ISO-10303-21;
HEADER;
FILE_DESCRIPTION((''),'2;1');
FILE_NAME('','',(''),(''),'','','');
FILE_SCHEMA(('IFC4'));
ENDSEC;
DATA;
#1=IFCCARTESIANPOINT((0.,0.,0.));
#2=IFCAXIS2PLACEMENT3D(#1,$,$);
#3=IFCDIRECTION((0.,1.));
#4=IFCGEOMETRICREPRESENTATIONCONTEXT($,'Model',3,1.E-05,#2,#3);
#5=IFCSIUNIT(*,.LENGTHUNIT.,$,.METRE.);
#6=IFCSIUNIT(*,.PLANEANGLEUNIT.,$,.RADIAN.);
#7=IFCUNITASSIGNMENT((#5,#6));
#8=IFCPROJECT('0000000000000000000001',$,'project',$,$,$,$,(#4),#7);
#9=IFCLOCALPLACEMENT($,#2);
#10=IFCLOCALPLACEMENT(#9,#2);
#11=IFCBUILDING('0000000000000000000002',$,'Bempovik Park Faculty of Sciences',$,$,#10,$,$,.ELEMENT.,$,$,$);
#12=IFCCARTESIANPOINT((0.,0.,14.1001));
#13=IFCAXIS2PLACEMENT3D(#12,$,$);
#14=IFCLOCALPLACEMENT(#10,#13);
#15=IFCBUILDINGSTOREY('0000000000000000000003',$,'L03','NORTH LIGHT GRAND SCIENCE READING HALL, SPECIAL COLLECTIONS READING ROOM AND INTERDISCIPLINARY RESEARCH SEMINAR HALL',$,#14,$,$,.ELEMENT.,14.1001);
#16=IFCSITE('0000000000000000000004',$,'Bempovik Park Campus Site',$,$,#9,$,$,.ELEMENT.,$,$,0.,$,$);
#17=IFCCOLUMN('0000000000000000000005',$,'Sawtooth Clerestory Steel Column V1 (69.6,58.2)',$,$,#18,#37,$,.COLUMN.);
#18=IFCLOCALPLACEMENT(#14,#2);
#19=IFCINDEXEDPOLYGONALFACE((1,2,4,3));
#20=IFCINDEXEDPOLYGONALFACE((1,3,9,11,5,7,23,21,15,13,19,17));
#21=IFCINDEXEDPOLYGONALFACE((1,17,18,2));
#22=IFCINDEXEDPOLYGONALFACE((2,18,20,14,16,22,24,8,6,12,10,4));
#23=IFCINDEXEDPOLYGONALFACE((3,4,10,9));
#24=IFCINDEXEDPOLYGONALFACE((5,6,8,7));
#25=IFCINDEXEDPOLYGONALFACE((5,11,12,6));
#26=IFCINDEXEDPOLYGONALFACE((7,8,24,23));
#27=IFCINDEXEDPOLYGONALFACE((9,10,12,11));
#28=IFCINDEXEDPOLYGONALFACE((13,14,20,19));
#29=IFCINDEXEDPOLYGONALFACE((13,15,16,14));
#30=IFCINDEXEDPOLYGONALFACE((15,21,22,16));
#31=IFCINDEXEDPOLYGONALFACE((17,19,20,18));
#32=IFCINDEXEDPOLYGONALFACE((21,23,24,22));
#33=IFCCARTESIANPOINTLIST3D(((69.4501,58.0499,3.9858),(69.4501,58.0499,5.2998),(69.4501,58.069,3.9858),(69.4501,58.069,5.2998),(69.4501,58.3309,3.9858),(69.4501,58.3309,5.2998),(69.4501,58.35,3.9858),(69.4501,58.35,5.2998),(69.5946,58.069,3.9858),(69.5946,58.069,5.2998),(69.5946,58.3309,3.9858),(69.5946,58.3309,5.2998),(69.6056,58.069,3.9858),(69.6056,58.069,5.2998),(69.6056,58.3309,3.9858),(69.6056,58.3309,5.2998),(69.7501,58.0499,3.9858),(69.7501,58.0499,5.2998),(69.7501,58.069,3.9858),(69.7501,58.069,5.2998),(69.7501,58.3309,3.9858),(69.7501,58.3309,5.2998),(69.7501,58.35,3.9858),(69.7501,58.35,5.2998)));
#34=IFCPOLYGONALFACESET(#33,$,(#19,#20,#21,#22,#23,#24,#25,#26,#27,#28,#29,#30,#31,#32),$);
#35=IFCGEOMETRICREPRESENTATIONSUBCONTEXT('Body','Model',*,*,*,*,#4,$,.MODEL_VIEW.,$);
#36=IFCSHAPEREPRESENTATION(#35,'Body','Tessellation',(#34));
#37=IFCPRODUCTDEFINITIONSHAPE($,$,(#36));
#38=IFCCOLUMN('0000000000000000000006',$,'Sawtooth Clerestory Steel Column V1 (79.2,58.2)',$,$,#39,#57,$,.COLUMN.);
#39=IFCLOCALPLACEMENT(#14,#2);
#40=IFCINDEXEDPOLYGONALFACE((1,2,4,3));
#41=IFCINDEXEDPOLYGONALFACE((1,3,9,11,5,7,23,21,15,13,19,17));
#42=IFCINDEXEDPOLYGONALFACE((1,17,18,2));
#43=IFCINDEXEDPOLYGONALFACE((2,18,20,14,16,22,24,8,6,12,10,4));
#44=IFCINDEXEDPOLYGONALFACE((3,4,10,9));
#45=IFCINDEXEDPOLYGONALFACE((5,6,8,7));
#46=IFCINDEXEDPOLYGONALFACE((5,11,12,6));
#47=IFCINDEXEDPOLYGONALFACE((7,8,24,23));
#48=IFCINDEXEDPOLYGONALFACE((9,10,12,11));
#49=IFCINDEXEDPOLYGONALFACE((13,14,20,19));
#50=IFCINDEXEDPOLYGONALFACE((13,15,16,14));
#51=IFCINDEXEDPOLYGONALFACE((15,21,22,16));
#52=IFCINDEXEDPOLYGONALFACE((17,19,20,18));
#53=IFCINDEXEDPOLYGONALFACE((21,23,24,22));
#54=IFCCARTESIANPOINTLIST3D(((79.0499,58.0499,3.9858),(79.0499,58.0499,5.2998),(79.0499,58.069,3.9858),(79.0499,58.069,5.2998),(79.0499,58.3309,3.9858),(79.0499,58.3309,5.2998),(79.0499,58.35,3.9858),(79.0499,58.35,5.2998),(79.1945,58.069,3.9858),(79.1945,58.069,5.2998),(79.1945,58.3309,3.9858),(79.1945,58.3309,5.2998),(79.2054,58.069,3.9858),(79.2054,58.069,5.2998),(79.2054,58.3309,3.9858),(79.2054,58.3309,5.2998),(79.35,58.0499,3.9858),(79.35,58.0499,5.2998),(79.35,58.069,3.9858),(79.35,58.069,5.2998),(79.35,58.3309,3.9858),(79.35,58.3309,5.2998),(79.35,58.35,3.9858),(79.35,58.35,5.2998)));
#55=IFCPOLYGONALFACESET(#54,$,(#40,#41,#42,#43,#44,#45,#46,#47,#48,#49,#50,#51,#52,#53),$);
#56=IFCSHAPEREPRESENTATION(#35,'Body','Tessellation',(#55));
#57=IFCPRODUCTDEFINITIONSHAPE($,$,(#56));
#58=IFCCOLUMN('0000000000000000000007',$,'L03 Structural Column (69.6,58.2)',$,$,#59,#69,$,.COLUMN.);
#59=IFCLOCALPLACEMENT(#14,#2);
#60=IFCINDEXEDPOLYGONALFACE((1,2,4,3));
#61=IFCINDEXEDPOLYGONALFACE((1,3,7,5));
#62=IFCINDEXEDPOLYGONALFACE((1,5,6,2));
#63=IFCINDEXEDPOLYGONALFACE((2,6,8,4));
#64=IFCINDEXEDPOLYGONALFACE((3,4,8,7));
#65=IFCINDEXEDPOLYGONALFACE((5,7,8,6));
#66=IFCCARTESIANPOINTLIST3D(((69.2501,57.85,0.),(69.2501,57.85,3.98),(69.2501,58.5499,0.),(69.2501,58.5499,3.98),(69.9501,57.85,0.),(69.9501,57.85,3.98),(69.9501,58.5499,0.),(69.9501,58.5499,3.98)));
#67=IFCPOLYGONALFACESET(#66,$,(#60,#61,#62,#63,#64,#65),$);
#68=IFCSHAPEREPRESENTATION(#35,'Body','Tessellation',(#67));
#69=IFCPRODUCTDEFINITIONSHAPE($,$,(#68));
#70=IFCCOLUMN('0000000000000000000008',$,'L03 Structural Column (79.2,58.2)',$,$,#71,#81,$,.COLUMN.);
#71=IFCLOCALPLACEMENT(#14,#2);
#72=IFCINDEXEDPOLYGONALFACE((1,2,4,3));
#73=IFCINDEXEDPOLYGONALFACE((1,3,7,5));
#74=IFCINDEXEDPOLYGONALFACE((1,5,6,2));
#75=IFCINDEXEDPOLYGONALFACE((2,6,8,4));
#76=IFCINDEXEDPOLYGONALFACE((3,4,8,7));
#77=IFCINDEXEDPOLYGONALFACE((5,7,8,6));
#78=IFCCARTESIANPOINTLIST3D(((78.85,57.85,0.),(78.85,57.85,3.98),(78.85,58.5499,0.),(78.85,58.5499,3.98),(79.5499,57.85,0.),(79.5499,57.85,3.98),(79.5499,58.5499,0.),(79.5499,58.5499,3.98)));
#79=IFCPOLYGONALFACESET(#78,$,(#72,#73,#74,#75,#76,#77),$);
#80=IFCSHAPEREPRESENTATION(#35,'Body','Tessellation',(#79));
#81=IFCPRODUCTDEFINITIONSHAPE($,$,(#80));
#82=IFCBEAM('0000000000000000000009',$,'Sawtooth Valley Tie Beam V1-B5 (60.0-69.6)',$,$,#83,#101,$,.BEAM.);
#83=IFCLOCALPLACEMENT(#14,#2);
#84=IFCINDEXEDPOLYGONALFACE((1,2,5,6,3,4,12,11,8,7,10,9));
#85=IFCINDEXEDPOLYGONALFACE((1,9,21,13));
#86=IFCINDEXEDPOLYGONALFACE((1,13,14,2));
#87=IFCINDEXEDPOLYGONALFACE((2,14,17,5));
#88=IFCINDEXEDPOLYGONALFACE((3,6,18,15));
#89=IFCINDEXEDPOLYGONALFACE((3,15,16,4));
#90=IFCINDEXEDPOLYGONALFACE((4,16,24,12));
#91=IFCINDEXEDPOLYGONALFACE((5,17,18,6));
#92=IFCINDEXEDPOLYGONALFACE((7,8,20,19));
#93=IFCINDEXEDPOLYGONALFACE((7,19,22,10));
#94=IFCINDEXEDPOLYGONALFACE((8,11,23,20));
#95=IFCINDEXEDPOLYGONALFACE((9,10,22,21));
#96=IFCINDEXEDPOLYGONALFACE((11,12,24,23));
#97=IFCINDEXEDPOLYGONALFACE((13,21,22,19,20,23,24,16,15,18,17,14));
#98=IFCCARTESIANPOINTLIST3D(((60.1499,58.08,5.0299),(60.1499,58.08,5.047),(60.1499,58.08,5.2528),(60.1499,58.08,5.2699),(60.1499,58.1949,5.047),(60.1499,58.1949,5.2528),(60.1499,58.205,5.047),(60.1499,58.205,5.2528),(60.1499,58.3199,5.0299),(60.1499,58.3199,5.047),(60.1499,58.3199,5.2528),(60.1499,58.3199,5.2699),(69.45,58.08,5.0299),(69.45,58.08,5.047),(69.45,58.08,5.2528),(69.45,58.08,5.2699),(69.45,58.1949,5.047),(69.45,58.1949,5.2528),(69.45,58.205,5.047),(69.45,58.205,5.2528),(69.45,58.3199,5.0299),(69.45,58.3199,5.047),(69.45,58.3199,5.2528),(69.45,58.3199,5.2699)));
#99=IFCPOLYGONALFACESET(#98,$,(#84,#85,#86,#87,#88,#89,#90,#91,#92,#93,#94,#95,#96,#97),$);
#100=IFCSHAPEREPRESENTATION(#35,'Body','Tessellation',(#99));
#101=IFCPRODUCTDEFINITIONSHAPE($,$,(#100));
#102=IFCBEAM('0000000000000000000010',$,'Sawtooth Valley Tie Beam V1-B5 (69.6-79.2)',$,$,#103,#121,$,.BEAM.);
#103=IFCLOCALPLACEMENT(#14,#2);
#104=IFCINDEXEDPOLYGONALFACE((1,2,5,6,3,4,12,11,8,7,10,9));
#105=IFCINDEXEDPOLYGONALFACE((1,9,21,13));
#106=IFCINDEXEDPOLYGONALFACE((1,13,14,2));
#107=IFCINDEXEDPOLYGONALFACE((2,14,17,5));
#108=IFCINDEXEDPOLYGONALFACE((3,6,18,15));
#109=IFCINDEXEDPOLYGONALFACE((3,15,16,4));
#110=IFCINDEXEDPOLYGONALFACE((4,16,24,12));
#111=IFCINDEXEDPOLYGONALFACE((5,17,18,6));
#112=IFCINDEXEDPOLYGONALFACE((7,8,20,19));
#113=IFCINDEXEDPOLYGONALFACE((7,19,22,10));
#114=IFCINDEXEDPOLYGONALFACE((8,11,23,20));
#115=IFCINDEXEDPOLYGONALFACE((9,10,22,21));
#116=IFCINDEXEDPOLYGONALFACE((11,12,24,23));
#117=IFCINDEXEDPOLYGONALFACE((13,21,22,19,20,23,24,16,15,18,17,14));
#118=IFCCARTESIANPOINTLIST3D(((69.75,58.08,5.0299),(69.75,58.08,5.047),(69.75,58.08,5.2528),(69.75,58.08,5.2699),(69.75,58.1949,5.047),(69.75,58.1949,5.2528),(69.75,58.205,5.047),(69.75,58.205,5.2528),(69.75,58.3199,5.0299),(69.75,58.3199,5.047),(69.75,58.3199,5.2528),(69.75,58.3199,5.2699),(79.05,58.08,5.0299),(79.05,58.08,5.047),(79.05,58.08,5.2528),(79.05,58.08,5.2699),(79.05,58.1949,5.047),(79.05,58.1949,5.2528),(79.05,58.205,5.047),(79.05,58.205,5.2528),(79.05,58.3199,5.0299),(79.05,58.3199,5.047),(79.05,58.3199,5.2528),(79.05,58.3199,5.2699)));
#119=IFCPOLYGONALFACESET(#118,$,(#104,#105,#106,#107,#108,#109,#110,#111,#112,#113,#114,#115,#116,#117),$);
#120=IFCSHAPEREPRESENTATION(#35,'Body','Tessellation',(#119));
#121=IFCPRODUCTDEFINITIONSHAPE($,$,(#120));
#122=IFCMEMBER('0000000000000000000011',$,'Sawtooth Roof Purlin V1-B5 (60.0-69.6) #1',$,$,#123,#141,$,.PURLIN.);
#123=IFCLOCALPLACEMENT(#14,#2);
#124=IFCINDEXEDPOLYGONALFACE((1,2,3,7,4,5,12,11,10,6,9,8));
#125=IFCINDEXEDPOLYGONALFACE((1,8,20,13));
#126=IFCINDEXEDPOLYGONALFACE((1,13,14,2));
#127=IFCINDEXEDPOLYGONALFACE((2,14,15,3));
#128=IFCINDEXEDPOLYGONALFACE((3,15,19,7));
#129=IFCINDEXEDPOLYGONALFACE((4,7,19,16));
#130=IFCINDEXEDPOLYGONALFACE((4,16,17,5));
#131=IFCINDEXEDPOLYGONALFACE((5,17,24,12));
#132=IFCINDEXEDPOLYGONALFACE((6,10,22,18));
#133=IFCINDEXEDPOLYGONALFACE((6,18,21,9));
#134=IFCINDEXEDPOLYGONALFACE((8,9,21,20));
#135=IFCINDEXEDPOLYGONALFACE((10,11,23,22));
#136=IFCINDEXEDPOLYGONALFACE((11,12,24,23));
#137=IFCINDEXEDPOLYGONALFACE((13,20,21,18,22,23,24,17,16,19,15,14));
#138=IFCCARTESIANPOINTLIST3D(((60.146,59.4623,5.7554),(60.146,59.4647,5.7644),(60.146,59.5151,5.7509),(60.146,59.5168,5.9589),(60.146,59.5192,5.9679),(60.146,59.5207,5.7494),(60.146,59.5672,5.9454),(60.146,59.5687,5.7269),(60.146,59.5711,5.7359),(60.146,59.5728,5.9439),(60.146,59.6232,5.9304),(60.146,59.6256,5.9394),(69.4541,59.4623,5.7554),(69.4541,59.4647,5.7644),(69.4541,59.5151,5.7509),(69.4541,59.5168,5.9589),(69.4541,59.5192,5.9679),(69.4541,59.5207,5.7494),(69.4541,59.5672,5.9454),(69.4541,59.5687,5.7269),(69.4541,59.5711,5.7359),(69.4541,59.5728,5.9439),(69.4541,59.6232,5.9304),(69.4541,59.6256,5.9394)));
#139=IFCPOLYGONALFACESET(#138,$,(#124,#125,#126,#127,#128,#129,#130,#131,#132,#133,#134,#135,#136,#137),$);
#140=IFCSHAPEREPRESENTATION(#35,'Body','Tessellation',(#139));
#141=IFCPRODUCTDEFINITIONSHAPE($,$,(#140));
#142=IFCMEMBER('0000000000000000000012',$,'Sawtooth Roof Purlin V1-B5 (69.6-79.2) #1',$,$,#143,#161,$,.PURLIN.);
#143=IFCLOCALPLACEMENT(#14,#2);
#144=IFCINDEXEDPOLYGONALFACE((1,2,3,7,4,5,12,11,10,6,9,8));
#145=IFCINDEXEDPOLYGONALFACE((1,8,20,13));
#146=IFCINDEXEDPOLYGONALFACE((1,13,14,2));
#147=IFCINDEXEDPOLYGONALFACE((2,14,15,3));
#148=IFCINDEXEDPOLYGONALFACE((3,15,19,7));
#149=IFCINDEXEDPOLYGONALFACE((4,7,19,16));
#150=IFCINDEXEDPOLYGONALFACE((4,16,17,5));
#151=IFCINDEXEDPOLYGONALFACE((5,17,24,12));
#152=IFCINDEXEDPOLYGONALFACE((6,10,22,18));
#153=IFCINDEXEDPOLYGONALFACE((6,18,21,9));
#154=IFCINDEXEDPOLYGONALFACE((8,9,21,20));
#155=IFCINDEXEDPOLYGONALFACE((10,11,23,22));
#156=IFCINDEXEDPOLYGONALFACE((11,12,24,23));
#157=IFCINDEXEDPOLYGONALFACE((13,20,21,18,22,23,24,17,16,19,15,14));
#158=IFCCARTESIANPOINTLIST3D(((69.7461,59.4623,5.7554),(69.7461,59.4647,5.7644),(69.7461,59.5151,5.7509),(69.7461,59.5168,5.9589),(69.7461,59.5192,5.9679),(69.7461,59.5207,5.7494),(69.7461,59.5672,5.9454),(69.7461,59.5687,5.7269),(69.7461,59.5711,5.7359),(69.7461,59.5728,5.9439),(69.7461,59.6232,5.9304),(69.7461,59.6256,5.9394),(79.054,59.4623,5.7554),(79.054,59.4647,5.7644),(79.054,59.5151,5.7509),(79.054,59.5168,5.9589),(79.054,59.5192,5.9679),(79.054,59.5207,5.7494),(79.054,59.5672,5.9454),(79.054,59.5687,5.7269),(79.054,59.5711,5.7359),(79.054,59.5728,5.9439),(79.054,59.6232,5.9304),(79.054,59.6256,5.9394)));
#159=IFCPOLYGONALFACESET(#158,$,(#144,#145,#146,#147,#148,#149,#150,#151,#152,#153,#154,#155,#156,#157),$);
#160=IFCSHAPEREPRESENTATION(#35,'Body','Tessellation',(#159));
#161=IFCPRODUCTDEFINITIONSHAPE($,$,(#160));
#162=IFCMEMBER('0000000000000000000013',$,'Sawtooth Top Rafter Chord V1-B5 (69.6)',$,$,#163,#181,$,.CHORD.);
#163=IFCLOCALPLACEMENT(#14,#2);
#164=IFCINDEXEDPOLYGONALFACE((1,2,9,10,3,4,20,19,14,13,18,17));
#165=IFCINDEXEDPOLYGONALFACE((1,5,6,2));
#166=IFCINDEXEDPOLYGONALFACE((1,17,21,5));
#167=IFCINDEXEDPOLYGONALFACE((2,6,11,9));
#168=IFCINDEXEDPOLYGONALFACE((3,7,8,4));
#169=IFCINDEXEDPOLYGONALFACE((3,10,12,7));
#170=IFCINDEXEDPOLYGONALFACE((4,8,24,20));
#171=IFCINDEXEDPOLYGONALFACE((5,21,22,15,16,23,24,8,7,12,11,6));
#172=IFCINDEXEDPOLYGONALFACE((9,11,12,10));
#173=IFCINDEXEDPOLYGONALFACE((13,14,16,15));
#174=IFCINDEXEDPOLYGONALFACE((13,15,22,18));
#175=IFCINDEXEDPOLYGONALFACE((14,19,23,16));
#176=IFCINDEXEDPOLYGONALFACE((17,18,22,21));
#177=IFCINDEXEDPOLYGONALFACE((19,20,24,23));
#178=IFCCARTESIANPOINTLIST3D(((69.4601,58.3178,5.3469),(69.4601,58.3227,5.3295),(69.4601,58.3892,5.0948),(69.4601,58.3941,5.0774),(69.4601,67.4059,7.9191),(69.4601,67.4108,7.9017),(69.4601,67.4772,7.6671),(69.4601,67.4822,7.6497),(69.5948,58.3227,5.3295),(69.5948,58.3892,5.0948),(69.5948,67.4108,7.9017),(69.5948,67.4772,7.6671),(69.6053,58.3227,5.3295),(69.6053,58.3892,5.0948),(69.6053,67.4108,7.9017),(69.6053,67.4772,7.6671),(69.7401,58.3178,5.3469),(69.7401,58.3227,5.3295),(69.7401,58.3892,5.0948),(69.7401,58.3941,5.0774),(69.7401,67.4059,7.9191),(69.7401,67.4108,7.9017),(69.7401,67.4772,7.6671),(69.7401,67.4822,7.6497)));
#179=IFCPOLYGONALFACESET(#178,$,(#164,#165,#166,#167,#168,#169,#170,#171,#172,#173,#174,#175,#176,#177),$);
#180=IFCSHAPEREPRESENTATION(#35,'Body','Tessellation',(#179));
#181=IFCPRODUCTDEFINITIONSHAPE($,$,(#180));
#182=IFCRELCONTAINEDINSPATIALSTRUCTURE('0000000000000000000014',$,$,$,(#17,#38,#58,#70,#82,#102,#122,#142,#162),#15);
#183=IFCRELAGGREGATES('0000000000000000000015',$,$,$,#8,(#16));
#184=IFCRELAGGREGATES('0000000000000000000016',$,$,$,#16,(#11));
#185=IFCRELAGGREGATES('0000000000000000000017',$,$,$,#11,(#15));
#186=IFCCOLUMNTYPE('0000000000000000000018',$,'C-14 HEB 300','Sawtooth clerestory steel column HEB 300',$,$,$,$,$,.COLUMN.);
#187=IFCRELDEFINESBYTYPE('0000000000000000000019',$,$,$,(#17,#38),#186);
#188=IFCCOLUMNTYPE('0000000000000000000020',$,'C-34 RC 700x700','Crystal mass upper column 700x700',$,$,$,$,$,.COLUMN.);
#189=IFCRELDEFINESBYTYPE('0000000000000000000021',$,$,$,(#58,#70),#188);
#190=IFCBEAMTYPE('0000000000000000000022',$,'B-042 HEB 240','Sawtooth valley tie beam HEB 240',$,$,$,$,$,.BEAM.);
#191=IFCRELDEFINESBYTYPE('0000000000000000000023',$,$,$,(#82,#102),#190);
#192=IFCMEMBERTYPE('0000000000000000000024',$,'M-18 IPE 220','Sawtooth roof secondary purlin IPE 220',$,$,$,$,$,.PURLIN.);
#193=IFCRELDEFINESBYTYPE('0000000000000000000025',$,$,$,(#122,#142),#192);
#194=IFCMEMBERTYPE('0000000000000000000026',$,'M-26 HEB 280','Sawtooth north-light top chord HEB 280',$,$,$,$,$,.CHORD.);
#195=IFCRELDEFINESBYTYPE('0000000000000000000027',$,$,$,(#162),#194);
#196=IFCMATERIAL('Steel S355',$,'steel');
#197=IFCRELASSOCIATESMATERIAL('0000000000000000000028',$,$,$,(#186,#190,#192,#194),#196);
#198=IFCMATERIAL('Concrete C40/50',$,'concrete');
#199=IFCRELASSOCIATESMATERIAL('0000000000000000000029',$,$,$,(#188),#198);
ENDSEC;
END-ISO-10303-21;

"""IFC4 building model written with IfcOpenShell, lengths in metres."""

from ifc_helpers import new_model, si_unit, direction, frame, origin, origin_2d, place, context, subcontext, project, spatial, rectangle, i_section, extrude, material, material_profile, profile_set, type_object, element, save


model = new_model("IFC4")

# Units and contexts
model_context = context("Model", 3, precision=1e-05, world=origin(), true_north=direction((0.0, 1.0)))
body_context = subcontext(model_context, "Body", "Model", "MODEL_VIEW")
ifc_project = project(units=[si_unit("LENGTHUNIT", "METRE"), si_unit("PLANEANGLEUNIT", "RADIAN")], contexts=[model_context])

# Site, building, storey
site_placement = place(None, origin())
site = spatial("IfcSite", under=ifc_project, at=site_placement, Name="Bempovik Park Campus Site", CompositionType="ELEMENT", RefElevation=0.0)
building_placement = place(site_placement, origin())
building = spatial("IfcBuilding", under=site, at=building_placement, Name="Bempovik Park Faculty of Sciences", CompositionType="ELEMENT")
storey_placement = place(building_placement, frame((0.0, 0.0, 14.1001)))
storey = spatial("IfcBuildingStorey", under=building, at=storey_placement, Name="L03", Description="NORTH LIGHT GRAND SCIENCE READING HALL, SPECIAL COLLECTIONS READING ROOM AND INTERDISCIPLINARY RESEARCH SEMINAR HALL", CompositionType="ELEMENT", Elevation=14.1001)

# Columns
ifc_material_1 = material(Name="Steel S355", Category="steel")
ifc_material_profile_1 = material_profile(ifc_material_1, i_section(OverallWidth=0.3, OverallDepth=0.3, WebThickness=0.011, FlangeThickness=0.019, at=origin_2d()), Name="HEB 300")
ifc_profile_set_1 = profile_set([ifc_material_profile_1], Name="Steel S355")
column_type_1 = type_object("IfcColumnType", Name="C-14 HEB 300", Description="Sawtooth clerestory steel column HEB 300", PredefinedType="COLUMN", material=ifc_profile_set_1)
for number, where, z_axis, x_axis, name in (
    (1, (69.6001, 58.2, 3.9858), (0.0, 0.0, 1.0), (1.0, 0.0, 0.0), "Sawtooth Clerestory Steel Column V1 (69.6,58.2)"),
    (2, (79.2, 58.2, 3.9858), (0.0, 0.0, 1.0), (1.0, 0.0, 0.0), "Sawtooth Clerestory Steel Column V1 (79.2,58.2)"),
):
    element("IfcColumn", number, at=place(storey_placement, frame(where, z_axis=z_axis, x_axis=x_axis)), inside=storey, type_object=column_type_1, Name=name, PredefinedType="COLUMN", context=body_context, shape_type="SweptSolid", body=[
        extrude(i_section(OverallWidth=0.3, OverallDepth=0.3, WebThickness=0.011, FlangeThickness=0.019, at=origin_2d()), origin(), (0.0, 0.0, 1.0), 1.314),
    ])
ifc_material_2 = material(Name="Concrete C40/50", Category="concrete")
ifc_material_profile_2 = material_profile(ifc_material_2, rectangle(XDim=0.7, YDim=0.7, at=origin_2d()), Name="RC 700x700")
ifc_profile_set_2 = profile_set([ifc_material_profile_2], Name="Concrete C40/50")
column_type_2 = type_object("IfcColumnType", Name="C-34 RC 700x700", Description="Crystal mass upper column 700x700", PredefinedType="COLUMN", material=ifc_profile_set_2)
for number, where, z_axis, x_axis, name in (
    (3, (69.6001, 58.2, 0.0), (0.0, 0.0, 1.0), (1.0, 0.0, 0.0), "L03 Structural Column (69.6,58.2)"),
    (4, (79.2, 58.2, 0.0), (0.0, 0.0, 1.0), (1.0, 0.0, 0.0), "L03 Structural Column (79.2,58.2)"),
):
    element("IfcColumn", number, at=place(storey_placement, frame(where, z_axis=z_axis, x_axis=x_axis)), inside=storey, type_object=column_type_2, Name=name, PredefinedType="COLUMN", context=body_context, shape_type="SweptSolid", body=[
        extrude(rectangle(XDim=0.7, YDim=0.7, at=origin_2d()), origin(), (0.0, 0.0, 1.0), 3.98),
    ])

# Beams
ifc_material_profile_3 = material_profile(ifc_material_1, i_section(OverallWidth=0.24, OverallDepth=0.24, WebThickness=0.01, FlangeThickness=0.0171, at=origin_2d()), Name="HEB 240")
ifc_profile_set_3 = profile_set([ifc_material_profile_3], Name="Steel S355")
beam_type = type_object("IfcBeamType", Name="B-042 HEB 240", Description="Sawtooth valley tie beam HEB 240", PredefinedType="BEAM", material=ifc_profile_set_3)
for number, where, z_axis, x_axis, name in (
    (5, (60.1499, 58.2, 5.1499), (1.0, 0.0, 0.0), (0.0, 1.0, 0.0), "Sawtooth Valley Tie Beam V1-B5 (60.0-69.6)"),
    (6, (69.75, 58.2, 5.1499), (1.0, 0.0, 0.0), (0.0, 1.0, 0.0), "Sawtooth Valley Tie Beam V1-B5 (69.6-79.2)"),
):
    element("IfcBeam", number, at=place(storey_placement, frame(where, z_axis=z_axis, x_axis=x_axis)), inside=storey, type_object=beam_type, Name=name, PredefinedType="BEAM", context=body_context, shape_type="SweptSolid", body=[
        extrude(i_section(OverallWidth=0.24, OverallDepth=0.24, WebThickness=0.01, FlangeThickness=0.0171, at=origin_2d()), origin(), (0.0, 0.0, 1.0), 9.3),
    ])

# Members
ifc_material_profile_4 = material_profile(ifc_material_1, i_section(OverallWidth=0.1101, OverallDepth=0.22, WebThickness=0.0059, FlangeThickness=0.0093, at=origin_2d()), Name="IPE 220")
ifc_profile_set_4 = profile_set([ifc_material_profile_4], Name="Steel S355")
member_type_1 = type_object("IfcMemberType", Name="M-18 IPE 220", Description="Sawtooth roof secondary purlin IPE 220", PredefinedType="PURLIN", material=ifc_profile_set_4)
member_1_placement = place(storey_placement, frame((60.146, 59.5439, 5.8474), z_axis=(1.0, 0.0, 0.0), x_axis=(0.0, 0.965926, -0.258819)))
element("IfcMember", 7, at=member_1_placement, inside=storey, type_object=member_type_1, Name="Sawtooth Roof Purlin V1-B5 (60.0-69.6) #1", PredefinedType="PURLIN", context=body_context, shape_type="SweptSolid", body=[
    extrude(i_section(OverallWidth=0.1101, OverallDepth=0.22, WebThickness=0.0059, FlangeThickness=0.0093, at=origin_2d()), origin(), (0.0, 0.0, 1.0), 9.3081),
])
member_2_placement = place(storey_placement, frame((69.7461, 59.5439, 5.8474), z_axis=(1.0, 0.0, 0.0), x_axis=(0.0, 0.965926, -0.258819)))
element("IfcMember", 8, at=member_2_placement, inside=storey, type_object=member_type_1, Name="Sawtooth Roof Purlin V1-B5 (69.6-79.2) #1", PredefinedType="PURLIN", context=body_context, shape_type="SweptSolid", body=[
    extrude(i_section(OverallWidth=0.1101, OverallDepth=0.22, WebThickness=0.0059, FlangeThickness=0.0093, at=origin_2d()), origin(), (0.0, 0.0, 1.0), 9.3079),
])
ifc_material_profile_5 = material_profile(ifc_material_1, i_section(OverallWidth=0.28, OverallDepth=0.28, WebThickness=0.0105, FlangeThickness=0.0181, at=origin_2d()), Name="HEB 280")
ifc_profile_set_5 = profile_set([ifc_material_profile_5], Name="Steel S355")
member_type_2 = type_object("IfcMemberType", Name="M-26 HEB 280", Description="Sawtooth north-light top chord HEB 280", PredefinedType="CHORD", material=ifc_profile_set_5)
for number, where, z_axis, x_axis, name in (
    (9, (69.6001, 58.356, 5.2122), (0.0, 0.962202, 0.272337), (-1.0, 0.0, 0.0), "Sawtooth Top Rafter Chord V1-B5 (69.6)"),
):
    element("IfcMember", number, at=place(storey_placement, frame(where, z_axis=z_axis, x_axis=x_axis)), inside=storey, type_object=member_type_2, Name=name, PredefinedType="CHORD", context=body_context, shape_type="SweptSolid", body=[
        extrude(i_section(OverallWidth=0.28, OverallDepth=0.28, WebThickness=0.0105, FlangeThickness=0.0181, at=origin_2d()), origin(), (0.0, 0.0, 1.0), 9.4451),
    ])

save(model, "model.ifc")
